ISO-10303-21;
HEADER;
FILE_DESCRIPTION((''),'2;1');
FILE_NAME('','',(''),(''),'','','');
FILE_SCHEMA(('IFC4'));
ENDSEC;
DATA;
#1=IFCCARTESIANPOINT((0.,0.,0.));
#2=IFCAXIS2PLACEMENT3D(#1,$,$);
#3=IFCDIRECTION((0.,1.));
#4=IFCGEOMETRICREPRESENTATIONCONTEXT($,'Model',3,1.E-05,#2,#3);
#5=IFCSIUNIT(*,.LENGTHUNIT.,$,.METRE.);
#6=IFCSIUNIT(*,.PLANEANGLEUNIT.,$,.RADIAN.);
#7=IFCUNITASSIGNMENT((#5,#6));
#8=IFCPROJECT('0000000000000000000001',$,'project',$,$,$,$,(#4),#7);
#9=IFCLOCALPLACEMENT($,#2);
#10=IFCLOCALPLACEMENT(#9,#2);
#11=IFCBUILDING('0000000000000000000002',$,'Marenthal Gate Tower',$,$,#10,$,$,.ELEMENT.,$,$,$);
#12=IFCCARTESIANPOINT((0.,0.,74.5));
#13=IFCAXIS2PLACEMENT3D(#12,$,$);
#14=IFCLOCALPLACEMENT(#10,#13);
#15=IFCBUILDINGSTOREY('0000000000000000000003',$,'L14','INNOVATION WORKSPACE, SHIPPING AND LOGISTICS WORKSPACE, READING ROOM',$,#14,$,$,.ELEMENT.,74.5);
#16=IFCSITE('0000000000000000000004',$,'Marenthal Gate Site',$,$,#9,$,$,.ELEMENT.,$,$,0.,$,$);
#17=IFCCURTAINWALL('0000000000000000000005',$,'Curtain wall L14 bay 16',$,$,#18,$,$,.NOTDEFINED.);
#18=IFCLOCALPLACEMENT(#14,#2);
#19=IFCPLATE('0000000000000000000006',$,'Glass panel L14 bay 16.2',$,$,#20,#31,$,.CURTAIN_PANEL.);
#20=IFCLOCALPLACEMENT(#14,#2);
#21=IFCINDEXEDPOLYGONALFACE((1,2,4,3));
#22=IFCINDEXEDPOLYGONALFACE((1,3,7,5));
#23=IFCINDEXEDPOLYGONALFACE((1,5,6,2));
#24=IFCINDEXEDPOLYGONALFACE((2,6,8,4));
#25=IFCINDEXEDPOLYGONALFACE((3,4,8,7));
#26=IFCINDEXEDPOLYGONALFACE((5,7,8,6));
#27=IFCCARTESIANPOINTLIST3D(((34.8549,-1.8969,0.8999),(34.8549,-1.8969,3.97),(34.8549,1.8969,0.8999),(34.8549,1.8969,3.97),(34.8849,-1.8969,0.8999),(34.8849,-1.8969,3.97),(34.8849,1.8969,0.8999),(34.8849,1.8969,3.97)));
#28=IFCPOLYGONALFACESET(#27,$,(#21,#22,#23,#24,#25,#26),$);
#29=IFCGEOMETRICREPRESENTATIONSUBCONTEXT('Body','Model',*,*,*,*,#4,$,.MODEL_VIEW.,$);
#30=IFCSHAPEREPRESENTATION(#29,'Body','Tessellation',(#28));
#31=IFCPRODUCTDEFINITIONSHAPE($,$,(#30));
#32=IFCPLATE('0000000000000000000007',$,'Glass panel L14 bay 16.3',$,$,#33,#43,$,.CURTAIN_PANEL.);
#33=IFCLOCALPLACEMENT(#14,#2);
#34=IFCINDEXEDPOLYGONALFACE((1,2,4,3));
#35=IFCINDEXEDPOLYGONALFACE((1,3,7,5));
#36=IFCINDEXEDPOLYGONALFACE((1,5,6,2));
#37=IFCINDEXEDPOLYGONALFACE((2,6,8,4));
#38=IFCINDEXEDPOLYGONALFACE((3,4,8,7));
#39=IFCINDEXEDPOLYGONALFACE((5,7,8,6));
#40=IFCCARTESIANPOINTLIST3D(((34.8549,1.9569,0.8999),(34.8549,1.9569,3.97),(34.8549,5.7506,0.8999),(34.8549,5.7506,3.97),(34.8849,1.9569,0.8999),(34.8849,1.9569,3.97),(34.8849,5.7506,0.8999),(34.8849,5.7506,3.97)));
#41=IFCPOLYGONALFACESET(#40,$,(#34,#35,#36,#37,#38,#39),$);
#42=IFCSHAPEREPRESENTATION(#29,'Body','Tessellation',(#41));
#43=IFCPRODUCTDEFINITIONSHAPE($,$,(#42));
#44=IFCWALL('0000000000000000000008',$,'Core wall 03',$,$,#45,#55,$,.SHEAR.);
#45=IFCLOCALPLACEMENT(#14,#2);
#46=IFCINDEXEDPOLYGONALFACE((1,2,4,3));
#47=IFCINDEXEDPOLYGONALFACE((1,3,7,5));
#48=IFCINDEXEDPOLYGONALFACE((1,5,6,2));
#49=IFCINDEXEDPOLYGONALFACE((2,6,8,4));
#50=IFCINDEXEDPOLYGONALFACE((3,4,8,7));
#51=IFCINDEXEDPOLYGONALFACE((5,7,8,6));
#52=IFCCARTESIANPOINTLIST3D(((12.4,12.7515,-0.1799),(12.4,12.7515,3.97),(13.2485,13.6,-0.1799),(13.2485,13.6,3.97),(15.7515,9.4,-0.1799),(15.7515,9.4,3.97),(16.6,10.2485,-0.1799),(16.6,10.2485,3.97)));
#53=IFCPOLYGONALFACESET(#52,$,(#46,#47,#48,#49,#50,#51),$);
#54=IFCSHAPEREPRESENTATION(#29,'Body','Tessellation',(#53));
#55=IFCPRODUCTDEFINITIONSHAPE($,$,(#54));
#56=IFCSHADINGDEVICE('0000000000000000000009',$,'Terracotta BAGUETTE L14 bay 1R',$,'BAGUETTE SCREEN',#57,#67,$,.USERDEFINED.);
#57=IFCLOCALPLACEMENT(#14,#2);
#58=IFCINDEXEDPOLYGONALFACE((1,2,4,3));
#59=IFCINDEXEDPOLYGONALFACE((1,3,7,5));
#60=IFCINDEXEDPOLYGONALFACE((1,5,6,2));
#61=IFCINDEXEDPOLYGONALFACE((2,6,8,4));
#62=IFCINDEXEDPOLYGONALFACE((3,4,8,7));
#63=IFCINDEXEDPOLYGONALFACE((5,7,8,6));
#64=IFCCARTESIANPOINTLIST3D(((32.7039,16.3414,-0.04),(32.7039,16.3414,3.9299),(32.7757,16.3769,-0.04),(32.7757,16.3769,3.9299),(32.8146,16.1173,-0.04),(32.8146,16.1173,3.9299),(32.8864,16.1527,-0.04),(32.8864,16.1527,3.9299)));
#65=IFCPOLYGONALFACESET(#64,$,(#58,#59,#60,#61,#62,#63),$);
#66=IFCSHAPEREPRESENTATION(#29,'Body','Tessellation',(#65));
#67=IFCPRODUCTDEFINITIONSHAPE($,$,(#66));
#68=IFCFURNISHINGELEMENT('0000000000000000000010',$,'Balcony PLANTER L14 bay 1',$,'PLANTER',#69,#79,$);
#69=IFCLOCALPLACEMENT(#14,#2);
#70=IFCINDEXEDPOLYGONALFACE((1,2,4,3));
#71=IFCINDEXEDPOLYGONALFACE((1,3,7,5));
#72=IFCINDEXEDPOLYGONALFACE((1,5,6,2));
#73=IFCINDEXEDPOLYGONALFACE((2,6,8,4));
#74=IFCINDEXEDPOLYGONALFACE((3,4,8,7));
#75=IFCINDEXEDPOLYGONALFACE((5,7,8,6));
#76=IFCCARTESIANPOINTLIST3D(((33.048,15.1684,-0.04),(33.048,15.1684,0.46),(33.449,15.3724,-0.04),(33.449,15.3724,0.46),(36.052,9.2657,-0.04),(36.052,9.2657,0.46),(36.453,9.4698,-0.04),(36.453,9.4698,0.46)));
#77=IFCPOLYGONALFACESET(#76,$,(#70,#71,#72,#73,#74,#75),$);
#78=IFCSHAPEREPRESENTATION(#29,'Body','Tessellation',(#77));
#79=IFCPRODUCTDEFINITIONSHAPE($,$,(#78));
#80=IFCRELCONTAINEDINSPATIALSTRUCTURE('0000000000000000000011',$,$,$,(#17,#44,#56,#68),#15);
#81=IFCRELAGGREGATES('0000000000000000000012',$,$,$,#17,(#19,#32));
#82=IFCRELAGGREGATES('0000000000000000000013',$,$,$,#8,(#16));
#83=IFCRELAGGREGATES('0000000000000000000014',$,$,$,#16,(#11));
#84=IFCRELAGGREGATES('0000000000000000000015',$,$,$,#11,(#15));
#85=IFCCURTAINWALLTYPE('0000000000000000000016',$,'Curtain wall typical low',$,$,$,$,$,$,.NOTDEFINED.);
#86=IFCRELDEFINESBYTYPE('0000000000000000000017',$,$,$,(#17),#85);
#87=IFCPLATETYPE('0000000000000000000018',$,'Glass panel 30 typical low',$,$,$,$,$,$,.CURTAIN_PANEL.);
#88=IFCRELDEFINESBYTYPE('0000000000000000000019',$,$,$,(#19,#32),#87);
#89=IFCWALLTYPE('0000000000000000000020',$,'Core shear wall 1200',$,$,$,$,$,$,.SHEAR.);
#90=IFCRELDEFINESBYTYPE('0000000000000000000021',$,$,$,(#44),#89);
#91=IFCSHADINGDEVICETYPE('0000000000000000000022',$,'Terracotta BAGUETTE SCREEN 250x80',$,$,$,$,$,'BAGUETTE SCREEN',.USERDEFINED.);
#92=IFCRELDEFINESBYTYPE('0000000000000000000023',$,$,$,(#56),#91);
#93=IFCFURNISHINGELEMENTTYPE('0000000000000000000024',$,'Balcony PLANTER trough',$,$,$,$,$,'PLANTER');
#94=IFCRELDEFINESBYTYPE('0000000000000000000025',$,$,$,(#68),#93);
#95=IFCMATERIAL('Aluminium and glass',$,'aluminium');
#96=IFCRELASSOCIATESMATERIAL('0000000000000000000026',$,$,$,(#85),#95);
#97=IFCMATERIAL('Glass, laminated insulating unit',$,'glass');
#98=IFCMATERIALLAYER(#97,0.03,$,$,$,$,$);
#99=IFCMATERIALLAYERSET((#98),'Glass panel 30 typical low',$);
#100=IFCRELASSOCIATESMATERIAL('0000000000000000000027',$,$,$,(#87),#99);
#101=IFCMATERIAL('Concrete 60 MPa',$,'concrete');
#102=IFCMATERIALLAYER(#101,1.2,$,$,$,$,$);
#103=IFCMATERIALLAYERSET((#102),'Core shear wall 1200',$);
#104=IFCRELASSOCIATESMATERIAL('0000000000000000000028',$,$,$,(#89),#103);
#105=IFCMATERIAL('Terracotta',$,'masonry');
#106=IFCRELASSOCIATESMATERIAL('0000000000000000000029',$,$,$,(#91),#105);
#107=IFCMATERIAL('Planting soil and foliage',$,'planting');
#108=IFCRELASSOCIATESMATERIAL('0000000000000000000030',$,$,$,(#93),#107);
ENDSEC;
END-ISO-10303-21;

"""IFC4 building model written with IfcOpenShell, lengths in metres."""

from ifc_helpers import new_model, si_unit, direction, frame, frame_2d, origin, origin_2d, place, context, subcontext, project, spatial, rectangle, extrude, material, layer, layer_set, material_profile, profile_set, type_object, element, aggregate, save


model = new_model("IFC4")

# Units and contexts
model_context = context("Model", 3, precision=1e-05, world=origin(), true_north=direction((0.0, 1.0)))
body_context = subcontext(model_context, "Body", "Model", "MODEL_VIEW")
ifc_project = project(units=[si_unit("LENGTHUNIT", "METRE"), si_unit("PLANEANGLEUNIT", "RADIAN")], contexts=[model_context])

# Site, building, storey
site_placement = place(None, origin())
site = spatial("IfcSite", under=ifc_project, at=site_placement, Name="Marenthal Gate Site", CompositionType="ELEMENT", RefElevation=0.0)
building_placement = place(site_placement, origin())
building = spatial("IfcBuilding", under=site, at=building_placement, Name="Marenthal Gate Tower", CompositionType="ELEMENT")
storey_placement = place(building_placement, frame((0.0, 0.0, 74.5)))
storey = spatial("IfcBuildingStorey", under=building, at=storey_placement, Name="L14", Description="INNOVATION WORKSPACE, SHIPPING AND LOGISTICS WORKSPACE, READING ROOM", CompositionType="ELEMENT", Elevation=74.5)

# Curtain wall
ifc_material_1 = material(Name="Aluminium and glass", Category="aluminium")
curtain_wall_type = type_object("IfcCurtainWallType", Name="Curtain wall typical low", PredefinedType="NOTDEFINED", material=ifc_material_1)
curtain_wall_placement = place(storey_placement, origin())
curtain_wall = element("IfcCurtainWall", 1, at=curtain_wall_placement, inside=storey, type_object=curtain_wall_type, Name="Curtain wall L14 bay 16", PredefinedType="NOTDEFINED")

# Plates
ifc_material_2 = material(Name="Glass, laminated insulating unit", Category="glass")
ifc_layer_1 = layer(ifc_material_2, 0.03)
ifc_layer_set_1 = layer_set([ifc_layer_1], Name="Glass panel 30 typical low")
plate_type = type_object("IfcPlateType", Name="Glass panel 30 typical low", PredefinedType="CURTAIN_PANEL", material=ifc_layer_set_1)
plate_1_placement = place(storey_placement, frame((34.8699, 0.0, 0.8999), z_axis=(0.0, 0.0, 1.0), x_axis=(0.0, 1.0, 0.0)))
plate_1 = element("IfcPlate", 2, at=plate_1_placement, type_object=plate_type, Name="Glass panel L14 bay 16.2", PredefinedType="CURTAIN_PANEL", context=body_context, shape_type="SweptSolid", body=[
    extrude(rectangle(XDim=3.7937, YDim=0.03, at=origin_2d()), origin(), (0.0, 0.0, 1.0), 3.0701),
])
plate_2_placement = place(storey_placement, frame((34.8699, 3.8538, 0.8999), z_axis=(0.0, 0.0, 1.0), x_axis=(0.0, 1.0, 0.0)))
plate_2 = element("IfcPlate", 3, at=plate_2_placement, type_object=plate_type, Name="Glass panel L14 bay 16.3", PredefinedType="CURTAIN_PANEL", context=body_context, shape_type="SweptSolid", body=[
    extrude(rectangle(XDim=3.7937, YDim=0.03, at=origin_2d()), origin(), (0.0, 0.0, 1.0), 3.0701),
])
aggregate(curtain_wall, [plate_1, plate_2])

# Wall
ifc_material_3 = material(Name="Concrete 60 MPa", Category="concrete")
ifc_layer_2 = layer(ifc_material_3, 1.2)
ifc_layer_set_2 = layer_set([ifc_layer_2], Name="Core shear wall 1200")
wall_type_1 = type_object("IfcWallType", Name="Core shear wall 1200", PredefinedType="SHEAR", material=ifc_layer_set_2)
wall_1_placement = place(storey_placement, frame((16.1758, 9.8242, -0.1799), z_axis=(0.0, 0.0, 1.0), x_axis=(-0.707107, 0.707107, 0.0)))
element("IfcWall", 4, at=wall_1_placement, inside=storey, type_object=wall_type_1, Name="Core wall 03", PredefinedType="SHEAR", context=body_context, shape_type="SweptSolid", body=[
    extrude(rectangle(XDim=4.7397, YDim=1.2, at=frame_2d((2.3699, 0.0))), origin(), (0.0, 0.0, 1.0), 4.1499),
])

# Shading device
ifc_material_4 = material(Name="Terracotta", Category="masonry")
ifc_material_profile_1 = material_profile(ifc_material_4, rectangle(XDim=0.25, YDim=0.0801, at=origin_2d()), Name="Terracotta baguette 250x80")
ifc_profile_set_1 = profile_set([ifc_material_profile_1], Name="Terracotta")
shading_device_type = type_object("IfcShadingDeviceType", Name="Terracotta BAGUETTE SCREEN 250x80", ElementType="BAGUETTE SCREEN", PredefinedType="USERDEFINED", material=ifc_profile_set_1)
shading_device_placement = place(storey_placement, frame((32.7952, 16.2471, -0.04), z_axis=(0.0, 0.0, 1.0), x_axis=(-0.442939, 0.896552, 0.0)))
element("IfcShadingDevice", 5, at=shading_device_placement, inside=storey, type_object=shading_device_type, Name="Terracotta BAGUETTE L14 bay 1R", ObjectType="BAGUETTE SCREEN", PredefinedType="USERDEFINED", context=body_context, shape_type="SweptSolid", body=[
    extrude(rectangle(XDim=0.25, YDim=0.0801, at=origin_2d()), origin(), (0.0, 0.0, 1.0), 3.97),
])

# Furnishing element
ifc_material_5 = material(Name="Planting soil and foliage", Category="planting")
furnishing_element_type = type_object("IfcFurnishingElementType", Name="Balcony PLANTER trough", ElementType="PLANTER", material=ifc_material_5)
furnishing_placement = place(storey_placement, frame((34.7505, 12.3191, -0.04), z_axis=(0.0, 0.0, 1.0), x_axis=(-0.453561, 0.891225, 0.0)))
element("IfcFurnishingElement", 6, at=furnishing_placement, inside=storey, type_object=furnishing_element_type, Name="Balcony PLANTER L14 bay 1", ObjectType="PLANTER", context=body_context, shape_type="SweptSolid", body=[
    extrude(rectangle(XDim=6.623, YDim=0.45, at=origin_2d()), origin(), (0.0, 0.0, 1.0), 0.5),
])

save(model, "model.ifc")
